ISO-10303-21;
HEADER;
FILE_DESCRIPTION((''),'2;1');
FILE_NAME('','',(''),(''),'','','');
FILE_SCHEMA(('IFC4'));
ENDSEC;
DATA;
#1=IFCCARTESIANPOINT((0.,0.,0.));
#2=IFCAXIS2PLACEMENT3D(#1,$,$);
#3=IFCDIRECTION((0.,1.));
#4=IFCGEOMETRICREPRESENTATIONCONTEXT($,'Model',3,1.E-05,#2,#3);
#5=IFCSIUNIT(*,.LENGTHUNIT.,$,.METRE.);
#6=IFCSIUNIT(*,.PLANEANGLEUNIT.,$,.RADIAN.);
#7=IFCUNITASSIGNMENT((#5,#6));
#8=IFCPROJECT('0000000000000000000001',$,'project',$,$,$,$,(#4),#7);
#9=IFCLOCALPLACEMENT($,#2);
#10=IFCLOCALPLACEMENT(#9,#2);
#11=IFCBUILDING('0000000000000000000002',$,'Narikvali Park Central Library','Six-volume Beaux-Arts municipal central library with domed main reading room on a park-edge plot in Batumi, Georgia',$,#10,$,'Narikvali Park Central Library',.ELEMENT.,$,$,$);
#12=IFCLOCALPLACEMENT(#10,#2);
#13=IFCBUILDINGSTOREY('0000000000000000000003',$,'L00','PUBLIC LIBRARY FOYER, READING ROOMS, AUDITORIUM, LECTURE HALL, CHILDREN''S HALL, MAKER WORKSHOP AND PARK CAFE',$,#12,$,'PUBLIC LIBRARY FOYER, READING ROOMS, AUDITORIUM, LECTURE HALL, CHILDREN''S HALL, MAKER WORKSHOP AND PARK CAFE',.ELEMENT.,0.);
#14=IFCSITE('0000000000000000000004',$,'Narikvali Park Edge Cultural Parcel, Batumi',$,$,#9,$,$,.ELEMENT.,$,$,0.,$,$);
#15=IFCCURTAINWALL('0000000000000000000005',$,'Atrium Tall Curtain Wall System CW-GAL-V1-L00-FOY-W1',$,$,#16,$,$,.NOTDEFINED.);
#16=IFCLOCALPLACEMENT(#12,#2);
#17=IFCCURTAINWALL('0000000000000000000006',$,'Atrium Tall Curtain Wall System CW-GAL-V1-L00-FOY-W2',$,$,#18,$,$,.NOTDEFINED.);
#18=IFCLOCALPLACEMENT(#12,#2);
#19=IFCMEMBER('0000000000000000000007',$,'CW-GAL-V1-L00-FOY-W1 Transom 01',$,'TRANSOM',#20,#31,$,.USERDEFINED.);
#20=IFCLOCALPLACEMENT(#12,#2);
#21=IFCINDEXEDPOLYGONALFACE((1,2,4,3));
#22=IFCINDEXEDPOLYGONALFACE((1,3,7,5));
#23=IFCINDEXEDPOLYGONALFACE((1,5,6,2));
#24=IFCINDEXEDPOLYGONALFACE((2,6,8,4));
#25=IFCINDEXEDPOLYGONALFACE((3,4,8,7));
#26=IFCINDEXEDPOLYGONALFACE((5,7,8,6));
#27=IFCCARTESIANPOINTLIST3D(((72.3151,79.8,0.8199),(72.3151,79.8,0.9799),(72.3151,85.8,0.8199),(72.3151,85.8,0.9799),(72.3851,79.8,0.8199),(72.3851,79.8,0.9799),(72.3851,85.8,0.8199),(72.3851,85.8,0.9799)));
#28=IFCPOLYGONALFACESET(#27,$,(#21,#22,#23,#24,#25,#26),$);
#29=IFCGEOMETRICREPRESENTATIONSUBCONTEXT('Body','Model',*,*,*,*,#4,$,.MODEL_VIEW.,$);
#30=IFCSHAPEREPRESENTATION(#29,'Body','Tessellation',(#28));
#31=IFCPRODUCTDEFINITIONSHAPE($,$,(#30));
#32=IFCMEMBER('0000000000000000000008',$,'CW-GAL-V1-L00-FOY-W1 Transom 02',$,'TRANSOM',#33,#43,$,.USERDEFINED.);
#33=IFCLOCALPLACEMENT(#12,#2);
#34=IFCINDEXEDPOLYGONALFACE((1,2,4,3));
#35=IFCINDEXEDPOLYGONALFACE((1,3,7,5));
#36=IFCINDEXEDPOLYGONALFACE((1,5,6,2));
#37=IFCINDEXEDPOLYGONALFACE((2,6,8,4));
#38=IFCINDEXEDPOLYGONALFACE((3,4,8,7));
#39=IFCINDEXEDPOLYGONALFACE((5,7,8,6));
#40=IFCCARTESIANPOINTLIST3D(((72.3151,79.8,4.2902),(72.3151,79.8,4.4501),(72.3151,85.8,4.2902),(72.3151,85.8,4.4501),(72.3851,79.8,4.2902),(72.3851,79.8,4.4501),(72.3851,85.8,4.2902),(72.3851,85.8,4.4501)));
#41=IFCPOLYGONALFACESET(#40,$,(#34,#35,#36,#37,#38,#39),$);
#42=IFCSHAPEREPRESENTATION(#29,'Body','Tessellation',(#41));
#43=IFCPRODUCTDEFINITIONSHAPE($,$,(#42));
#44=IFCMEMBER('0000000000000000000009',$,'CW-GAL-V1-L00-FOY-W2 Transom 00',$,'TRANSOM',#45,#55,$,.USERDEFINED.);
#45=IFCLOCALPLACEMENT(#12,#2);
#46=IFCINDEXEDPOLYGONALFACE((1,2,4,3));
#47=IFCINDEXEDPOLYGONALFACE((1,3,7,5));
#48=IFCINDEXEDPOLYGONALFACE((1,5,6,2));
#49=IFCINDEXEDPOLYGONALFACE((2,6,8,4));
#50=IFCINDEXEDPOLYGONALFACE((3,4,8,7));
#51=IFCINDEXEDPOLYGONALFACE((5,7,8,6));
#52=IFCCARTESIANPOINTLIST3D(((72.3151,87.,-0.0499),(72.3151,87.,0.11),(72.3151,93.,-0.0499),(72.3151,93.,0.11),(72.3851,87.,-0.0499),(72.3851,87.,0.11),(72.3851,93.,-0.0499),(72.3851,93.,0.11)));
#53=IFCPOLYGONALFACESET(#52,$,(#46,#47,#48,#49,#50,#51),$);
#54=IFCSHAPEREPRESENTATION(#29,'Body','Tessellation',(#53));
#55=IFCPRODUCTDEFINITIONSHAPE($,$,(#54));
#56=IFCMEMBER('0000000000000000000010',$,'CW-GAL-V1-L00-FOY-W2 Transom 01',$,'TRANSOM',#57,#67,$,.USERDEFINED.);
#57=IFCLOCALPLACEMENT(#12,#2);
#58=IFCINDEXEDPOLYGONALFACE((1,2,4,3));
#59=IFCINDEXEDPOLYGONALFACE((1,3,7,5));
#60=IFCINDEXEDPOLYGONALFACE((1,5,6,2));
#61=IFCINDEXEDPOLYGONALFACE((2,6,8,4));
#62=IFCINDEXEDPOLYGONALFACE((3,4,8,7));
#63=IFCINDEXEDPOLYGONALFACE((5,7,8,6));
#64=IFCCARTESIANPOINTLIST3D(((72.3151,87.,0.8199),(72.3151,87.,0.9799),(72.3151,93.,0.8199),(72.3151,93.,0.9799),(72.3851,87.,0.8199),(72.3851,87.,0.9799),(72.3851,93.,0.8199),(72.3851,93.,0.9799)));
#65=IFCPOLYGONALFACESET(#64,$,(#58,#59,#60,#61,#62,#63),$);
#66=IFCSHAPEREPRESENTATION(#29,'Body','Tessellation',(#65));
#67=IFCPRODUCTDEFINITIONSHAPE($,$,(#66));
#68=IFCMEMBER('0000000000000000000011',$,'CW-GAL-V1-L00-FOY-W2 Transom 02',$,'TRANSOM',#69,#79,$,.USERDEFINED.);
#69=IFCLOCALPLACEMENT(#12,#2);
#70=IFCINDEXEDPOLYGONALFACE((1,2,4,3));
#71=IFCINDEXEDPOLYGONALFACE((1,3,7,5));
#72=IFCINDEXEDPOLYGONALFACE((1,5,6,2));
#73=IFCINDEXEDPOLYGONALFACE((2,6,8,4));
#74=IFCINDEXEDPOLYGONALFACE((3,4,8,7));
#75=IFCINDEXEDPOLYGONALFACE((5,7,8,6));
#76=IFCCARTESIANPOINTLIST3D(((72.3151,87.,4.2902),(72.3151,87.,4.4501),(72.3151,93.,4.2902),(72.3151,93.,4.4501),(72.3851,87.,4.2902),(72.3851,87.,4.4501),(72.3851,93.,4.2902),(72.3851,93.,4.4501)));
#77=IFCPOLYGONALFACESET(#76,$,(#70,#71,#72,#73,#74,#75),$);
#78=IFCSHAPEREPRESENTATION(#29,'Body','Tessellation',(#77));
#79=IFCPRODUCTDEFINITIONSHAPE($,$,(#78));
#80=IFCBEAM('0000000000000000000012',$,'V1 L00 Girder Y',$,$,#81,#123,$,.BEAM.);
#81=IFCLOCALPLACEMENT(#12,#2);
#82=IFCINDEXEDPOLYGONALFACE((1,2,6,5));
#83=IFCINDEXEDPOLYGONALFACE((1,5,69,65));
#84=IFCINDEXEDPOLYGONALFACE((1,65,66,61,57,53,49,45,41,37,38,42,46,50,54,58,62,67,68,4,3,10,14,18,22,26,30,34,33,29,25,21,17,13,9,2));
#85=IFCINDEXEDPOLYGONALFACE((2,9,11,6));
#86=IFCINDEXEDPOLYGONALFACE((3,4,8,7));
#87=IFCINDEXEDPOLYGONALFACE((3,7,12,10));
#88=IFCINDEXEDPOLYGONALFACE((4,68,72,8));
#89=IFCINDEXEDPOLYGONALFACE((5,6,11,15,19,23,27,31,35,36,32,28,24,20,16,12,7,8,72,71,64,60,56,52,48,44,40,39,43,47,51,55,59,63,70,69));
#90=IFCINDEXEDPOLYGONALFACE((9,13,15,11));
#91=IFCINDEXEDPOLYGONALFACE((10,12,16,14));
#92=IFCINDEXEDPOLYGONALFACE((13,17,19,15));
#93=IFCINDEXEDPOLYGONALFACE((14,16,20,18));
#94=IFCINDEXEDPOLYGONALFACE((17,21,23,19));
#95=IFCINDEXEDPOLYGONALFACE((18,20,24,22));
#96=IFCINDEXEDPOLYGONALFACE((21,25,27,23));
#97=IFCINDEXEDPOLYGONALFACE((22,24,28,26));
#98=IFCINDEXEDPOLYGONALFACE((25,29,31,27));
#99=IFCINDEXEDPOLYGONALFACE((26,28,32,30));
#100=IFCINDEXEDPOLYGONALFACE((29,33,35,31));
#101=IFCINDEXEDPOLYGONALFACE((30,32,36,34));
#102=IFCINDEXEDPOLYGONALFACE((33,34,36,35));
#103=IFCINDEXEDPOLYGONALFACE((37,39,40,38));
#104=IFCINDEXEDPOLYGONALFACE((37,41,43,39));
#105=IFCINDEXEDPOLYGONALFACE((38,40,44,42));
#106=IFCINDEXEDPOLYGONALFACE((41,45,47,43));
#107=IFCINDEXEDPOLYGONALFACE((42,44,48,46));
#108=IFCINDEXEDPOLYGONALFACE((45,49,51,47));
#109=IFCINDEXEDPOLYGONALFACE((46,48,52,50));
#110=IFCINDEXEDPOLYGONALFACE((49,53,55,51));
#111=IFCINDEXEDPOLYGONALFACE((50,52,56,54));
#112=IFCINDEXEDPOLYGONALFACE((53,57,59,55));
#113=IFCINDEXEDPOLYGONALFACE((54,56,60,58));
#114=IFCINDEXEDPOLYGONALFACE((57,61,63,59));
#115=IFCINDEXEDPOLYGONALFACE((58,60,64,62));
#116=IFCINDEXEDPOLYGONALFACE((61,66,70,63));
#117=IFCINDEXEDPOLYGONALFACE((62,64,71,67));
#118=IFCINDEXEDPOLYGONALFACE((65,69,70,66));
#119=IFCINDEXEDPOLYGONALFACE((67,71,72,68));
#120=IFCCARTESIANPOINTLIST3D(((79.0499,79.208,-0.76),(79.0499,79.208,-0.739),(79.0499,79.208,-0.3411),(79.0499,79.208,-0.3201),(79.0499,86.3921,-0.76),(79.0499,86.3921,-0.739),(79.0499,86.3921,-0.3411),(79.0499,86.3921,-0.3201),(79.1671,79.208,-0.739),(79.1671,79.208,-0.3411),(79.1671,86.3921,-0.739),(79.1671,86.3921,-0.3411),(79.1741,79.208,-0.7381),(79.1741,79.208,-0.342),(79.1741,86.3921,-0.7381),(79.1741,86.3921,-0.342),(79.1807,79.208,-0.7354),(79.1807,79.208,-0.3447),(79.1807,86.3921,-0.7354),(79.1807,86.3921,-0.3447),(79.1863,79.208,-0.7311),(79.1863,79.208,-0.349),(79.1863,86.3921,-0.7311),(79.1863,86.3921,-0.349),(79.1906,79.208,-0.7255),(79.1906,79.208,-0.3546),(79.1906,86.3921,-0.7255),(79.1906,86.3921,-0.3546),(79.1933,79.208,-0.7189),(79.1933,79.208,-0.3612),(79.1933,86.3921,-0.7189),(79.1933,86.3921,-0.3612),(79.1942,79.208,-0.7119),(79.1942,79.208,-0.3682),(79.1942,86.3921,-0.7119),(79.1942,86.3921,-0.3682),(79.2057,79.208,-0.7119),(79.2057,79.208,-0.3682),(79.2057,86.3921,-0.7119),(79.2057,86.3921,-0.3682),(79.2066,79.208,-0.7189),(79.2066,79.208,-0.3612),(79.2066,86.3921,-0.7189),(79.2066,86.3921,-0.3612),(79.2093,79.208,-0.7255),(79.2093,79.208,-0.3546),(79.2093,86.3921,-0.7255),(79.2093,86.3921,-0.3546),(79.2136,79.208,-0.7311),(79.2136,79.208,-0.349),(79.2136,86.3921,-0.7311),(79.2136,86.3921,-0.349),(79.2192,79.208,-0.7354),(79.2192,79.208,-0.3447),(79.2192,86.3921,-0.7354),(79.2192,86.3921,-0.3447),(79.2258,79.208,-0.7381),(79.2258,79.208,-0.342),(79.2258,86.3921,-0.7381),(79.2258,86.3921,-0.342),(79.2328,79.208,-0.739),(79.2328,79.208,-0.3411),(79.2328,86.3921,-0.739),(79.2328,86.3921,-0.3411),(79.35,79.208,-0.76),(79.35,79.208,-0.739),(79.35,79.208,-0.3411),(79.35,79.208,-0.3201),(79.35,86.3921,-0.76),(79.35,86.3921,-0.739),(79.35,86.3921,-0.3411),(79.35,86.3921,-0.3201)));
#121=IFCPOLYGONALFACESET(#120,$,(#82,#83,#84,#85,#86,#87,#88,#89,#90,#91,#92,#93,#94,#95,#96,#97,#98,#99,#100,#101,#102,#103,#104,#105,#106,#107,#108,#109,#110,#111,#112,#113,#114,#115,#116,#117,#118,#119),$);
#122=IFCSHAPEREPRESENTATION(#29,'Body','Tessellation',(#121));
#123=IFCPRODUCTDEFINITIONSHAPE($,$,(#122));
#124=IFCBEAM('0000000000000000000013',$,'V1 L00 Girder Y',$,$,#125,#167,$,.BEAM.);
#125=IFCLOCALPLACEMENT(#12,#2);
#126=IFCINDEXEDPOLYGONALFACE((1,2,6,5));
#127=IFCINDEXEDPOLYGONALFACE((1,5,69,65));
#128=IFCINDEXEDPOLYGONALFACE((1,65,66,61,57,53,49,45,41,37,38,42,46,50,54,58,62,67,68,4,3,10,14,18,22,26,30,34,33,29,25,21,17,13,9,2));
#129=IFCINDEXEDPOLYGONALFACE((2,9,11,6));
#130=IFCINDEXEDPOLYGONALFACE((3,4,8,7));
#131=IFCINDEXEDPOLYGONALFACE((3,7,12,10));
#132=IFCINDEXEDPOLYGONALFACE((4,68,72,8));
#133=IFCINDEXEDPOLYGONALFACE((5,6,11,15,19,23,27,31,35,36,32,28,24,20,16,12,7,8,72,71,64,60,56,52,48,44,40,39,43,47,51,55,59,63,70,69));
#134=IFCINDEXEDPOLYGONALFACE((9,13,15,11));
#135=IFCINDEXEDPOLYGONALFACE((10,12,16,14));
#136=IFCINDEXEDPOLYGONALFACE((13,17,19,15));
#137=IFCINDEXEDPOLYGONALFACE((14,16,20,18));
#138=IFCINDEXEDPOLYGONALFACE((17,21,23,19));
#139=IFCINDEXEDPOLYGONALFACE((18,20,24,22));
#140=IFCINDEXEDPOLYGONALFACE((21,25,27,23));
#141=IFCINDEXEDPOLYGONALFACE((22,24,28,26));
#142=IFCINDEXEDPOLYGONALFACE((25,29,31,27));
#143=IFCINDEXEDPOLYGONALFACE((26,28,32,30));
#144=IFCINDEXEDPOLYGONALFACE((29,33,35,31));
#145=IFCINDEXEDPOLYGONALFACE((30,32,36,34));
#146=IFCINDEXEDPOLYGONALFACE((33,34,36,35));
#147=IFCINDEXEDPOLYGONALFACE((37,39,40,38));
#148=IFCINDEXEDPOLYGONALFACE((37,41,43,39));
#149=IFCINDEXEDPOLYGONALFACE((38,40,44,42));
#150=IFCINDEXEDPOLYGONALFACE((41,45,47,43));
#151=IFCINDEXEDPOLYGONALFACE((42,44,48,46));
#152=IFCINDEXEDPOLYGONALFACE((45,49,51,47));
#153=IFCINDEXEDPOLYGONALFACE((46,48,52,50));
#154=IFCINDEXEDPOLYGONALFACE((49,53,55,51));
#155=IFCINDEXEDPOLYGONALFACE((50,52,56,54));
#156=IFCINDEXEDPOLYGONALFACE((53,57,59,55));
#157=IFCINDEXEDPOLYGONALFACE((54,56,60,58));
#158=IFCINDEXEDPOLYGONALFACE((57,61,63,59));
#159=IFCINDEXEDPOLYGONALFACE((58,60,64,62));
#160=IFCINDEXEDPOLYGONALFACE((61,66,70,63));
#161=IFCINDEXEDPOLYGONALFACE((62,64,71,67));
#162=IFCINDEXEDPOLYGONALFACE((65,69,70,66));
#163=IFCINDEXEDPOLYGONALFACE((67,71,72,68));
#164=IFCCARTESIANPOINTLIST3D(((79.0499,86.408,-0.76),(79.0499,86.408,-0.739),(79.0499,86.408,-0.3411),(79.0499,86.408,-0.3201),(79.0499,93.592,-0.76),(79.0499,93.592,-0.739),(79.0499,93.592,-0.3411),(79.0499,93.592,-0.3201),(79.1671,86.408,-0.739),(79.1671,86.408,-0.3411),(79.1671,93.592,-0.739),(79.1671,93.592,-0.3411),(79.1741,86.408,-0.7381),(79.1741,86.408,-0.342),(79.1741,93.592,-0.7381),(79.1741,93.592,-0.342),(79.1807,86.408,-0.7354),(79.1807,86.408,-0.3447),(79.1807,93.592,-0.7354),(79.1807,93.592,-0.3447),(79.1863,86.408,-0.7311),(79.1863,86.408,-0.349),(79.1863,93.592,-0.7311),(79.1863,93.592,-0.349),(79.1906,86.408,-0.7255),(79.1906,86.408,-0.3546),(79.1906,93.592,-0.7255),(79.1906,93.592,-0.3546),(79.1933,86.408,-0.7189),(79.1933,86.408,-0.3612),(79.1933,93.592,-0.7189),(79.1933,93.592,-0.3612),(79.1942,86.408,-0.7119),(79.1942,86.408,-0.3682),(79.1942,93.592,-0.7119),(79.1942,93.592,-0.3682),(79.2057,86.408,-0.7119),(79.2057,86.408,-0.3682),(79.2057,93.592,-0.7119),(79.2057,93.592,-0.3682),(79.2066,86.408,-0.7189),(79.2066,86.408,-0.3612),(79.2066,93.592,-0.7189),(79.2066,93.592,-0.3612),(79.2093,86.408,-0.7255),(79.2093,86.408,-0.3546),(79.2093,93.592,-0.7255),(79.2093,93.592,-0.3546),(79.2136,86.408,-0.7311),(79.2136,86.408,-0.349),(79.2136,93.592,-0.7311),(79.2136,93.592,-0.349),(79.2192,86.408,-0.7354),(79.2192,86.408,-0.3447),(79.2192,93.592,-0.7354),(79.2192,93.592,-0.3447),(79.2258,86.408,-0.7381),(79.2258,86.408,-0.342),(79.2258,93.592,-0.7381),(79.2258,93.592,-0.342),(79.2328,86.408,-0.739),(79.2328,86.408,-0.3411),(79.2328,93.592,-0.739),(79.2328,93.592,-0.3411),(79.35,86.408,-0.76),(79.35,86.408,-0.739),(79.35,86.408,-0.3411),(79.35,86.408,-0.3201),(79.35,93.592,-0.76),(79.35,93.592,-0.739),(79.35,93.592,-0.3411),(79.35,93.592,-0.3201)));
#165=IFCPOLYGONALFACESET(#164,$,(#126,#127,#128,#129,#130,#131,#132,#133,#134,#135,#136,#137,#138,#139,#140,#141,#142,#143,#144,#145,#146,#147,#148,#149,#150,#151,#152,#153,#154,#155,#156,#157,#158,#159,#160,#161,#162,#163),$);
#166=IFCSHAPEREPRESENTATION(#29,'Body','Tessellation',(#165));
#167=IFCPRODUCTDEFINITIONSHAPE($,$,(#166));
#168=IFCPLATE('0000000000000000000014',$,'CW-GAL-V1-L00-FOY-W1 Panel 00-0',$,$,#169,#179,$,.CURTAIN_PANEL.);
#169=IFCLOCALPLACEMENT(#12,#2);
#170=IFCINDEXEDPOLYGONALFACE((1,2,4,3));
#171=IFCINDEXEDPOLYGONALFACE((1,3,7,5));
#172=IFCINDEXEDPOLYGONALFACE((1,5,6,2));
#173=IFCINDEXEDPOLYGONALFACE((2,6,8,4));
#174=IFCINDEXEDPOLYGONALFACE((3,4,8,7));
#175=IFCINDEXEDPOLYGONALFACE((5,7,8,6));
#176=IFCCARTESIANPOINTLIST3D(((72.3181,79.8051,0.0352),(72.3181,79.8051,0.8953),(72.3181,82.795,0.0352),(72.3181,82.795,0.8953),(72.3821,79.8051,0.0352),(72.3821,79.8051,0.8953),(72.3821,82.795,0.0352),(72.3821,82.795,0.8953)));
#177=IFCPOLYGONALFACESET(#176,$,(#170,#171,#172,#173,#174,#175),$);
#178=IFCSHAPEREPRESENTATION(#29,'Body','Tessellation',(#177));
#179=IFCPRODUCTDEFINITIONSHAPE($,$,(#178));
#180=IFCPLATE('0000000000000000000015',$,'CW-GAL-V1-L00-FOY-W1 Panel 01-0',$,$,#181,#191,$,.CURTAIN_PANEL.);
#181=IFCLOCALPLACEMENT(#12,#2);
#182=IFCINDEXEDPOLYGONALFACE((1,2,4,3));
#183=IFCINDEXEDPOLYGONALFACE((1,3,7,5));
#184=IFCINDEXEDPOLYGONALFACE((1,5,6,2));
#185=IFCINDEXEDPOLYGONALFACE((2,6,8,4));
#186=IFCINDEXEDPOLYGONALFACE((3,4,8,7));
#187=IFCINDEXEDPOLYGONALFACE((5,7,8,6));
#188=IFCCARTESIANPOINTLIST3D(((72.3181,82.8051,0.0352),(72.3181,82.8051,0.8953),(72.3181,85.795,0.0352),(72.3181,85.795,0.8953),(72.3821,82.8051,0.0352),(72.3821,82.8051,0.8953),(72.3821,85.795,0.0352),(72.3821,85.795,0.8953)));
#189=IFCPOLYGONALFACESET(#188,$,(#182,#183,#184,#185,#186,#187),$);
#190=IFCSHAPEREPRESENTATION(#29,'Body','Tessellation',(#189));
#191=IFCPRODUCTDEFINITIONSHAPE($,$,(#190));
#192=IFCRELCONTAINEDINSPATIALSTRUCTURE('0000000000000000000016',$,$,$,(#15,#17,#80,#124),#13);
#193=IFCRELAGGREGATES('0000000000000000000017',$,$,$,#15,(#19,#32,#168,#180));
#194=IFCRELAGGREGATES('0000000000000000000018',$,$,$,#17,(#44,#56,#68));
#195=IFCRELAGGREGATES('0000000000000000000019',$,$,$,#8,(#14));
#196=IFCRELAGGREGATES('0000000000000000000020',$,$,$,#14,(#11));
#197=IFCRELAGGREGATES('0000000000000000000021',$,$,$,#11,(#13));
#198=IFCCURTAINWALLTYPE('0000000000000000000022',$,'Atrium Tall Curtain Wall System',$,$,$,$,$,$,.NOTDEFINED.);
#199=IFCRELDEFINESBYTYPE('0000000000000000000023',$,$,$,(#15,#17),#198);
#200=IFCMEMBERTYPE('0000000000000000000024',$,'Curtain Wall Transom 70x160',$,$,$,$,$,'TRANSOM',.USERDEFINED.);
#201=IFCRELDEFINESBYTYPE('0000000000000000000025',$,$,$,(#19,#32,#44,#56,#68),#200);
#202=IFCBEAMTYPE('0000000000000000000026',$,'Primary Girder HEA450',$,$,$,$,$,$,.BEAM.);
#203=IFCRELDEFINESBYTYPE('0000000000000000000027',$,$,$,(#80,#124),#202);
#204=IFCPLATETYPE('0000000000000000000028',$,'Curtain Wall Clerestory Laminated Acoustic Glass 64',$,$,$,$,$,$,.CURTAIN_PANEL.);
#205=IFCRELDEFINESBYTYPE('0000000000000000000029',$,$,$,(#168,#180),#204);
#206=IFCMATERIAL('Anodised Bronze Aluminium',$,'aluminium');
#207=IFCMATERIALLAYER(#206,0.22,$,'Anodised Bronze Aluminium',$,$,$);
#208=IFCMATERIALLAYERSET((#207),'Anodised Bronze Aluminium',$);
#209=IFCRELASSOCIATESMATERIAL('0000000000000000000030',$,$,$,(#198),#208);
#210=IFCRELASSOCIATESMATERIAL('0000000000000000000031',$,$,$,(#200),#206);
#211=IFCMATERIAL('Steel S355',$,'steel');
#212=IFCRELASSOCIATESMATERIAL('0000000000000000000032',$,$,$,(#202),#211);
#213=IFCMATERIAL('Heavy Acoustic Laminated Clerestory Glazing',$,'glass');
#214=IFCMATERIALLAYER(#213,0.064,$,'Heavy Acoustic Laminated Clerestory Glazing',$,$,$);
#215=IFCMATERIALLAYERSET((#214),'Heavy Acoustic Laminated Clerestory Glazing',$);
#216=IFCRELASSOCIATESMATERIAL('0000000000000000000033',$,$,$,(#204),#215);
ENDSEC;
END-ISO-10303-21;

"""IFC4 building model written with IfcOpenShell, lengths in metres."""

from ifc_helpers import new_model, si_unit, direction, frame, origin, origin_2d, place, context, subcontext, project, spatial, rectangle, i_section, extrude, material, layer, layer_set, material_profile, profile_set, type_object, element, aggregate, save


model = new_model("IFC4")

# Units and contexts
model_context = context("Model", 3, precision=1e-05, world=origin(), true_north=direction((0.0, 1.0)))
body_context = subcontext(model_context, "Body", "Model", "MODEL_VIEW")
ifc_project = project(units=[si_unit("LENGTHUNIT", "METRE"), si_unit("PLANEANGLEUNIT", "RADIAN")], contexts=[model_context])

# Site, building, storey
site_placement = place(None, origin())
site = spatial("IfcSite", under=ifc_project, at=site_placement, Name="Narikvali Park Edge Cultural Parcel, Batumi", CompositionType="ELEMENT", RefElevation=0.0)
building_placement = place(site_placement, origin())
building = spatial("IfcBuilding", under=site, at=building_placement, Name="Narikvali Park Central Library", Description="Six-volume Beaux-Arts municipal central library with domed main reading room on a park-edge plot in Batumi, Georgia", LongName="Narikvali Park Central Library", CompositionType="ELEMENT")
storey_placement = place(building_placement, origin())
storey = spatial("IfcBuildingStorey", under=building, at=storey_placement, Name="L00", Description="PUBLIC LIBRARY FOYER, READING ROOMS, AUDITORIUM, LECTURE HALL, CHILDREN'S HALL, MAKER WORKSHOP AND PARK CAFE", LongName="PUBLIC LIBRARY FOYER, READING ROOMS, AUDITORIUM, LECTURE HALL, CHILDREN'S HALL, MAKER WORKSHOP AND PARK CAFE", CompositionType="ELEMENT", Elevation=0.0)

# Shared definitions
ifc_material_1 = material(Name="Steel S355", Category="steel")

# Curtain walls
ifc_material_2 = material(Name="Anodised Bronze Aluminium", Category="aluminium")
ifc_layer_1 = layer(ifc_material_2, 0.22, Name="Anodised Bronze Aluminium")
ifc_layer_set_1 = layer_set([ifc_layer_1], Name="Anodised Bronze Aluminium")
curtain_wall_type = type_object("IfcCurtainWallType", Name="Atrium Tall Curtain Wall System", PredefinedType="NOTDEFINED", material=ifc_layer_set_1)
curtain_wall_1_placement = place(storey_placement, origin())
curtain_wall_1 = element("IfcCurtainWall", 1, at=curtain_wall_1_placement, inside=storey, type_object=curtain_wall_type, Name="Atrium Tall Curtain Wall System CW-GAL-V1-L00-FOY-W1", PredefinedType="NOTDEFINED")
curtain_wall_2_placement = place(storey_placement, origin())
curtain_wall_2 = element("IfcCurtainWall", 2, at=curtain_wall_2_placement, inside=storey, type_object=curtain_wall_type, Name="Atrium Tall Curtain Wall System CW-GAL-V1-L00-FOY-W2", PredefinedType="NOTDEFINED")

# Members
ifc_material_profile_1 = material_profile(ifc_material_2, rectangle(XDim=0.0701, YDim=0.1599, at=origin_2d()), Name="CW TRANSOM 70x160")
ifc_profile_set_1 = profile_set([ifc_material_profile_1], Name="Anodised Bronze Aluminium")
member_type_1 = type_object("IfcMemberType", Name="Curtain Wall Transom 70x160", ElementType="TRANSOM", PredefinedType="USERDEFINED", material=ifc_profile_set_1)
member_1_placement = place(storey_placement, frame((72.3501, 79.8, 0.8999), z_axis=(0.0, 1.0, 0.0), x_axis=(-1.0, 0.0, 0.0)))
member_1 = element("IfcMember", 3, at=member_1_placement, type_object=member_type_1, Name="CW-GAL-V1-L00-FOY-W1 Transom 01", ObjectType="TRANSOM", PredefinedType="USERDEFINED", context=body_context, shape_type="SweptSolid", body=[
    extrude(rectangle(XDim=0.0701, YDim=0.1599, at=origin_2d()), origin(), (0.0, 0.0, 1.0), 6.0),
])
member_2_placement = place(storey_placement, frame((72.3501, 79.8, 4.3701), z_axis=(0.0, 1.0, 0.0), x_axis=(-1.0, 0.0, 0.0)))
member_2 = element("IfcMember", 4, at=member_2_placement, type_object=member_type_1, Name="CW-GAL-V1-L00-FOY-W1 Transom 02", ObjectType="TRANSOM", PredefinedType="USERDEFINED", context=body_context, shape_type="SweptSolid", body=[
    extrude(rectangle(XDim=0.0701, YDim=0.1599, at=origin_2d()), origin(), (0.0, 0.0, 1.0), 6.0),
])
member_3_placement = place(storey_placement, frame((72.3501, 87.0, 0.03), z_axis=(0.0, 1.0, 0.0), x_axis=(-1.0, 0.0, 0.0)))
member_3 = element("IfcMember", 5, at=member_3_placement, type_object=member_type_1, Name="CW-GAL-V1-L00-FOY-W2 Transom 00", ObjectType="TRANSOM", PredefinedType="USERDEFINED", context=body_context, shape_type="SweptSolid", body=[
    extrude(rectangle(XDim=0.0701, YDim=0.1599, at=origin_2d()), origin(), (0.0, 0.0, 1.0), 6.0),
])
member_4_placement = place(storey_placement, frame((72.3501, 87.0, 0.8999), z_axis=(0.0, 1.0, 0.0), x_axis=(-1.0, 0.0, 0.0)))
member_4 = element("IfcMember", 6, at=member_4_placement, type_object=member_type_1, Name="CW-GAL-V1-L00-FOY-W2 Transom 01", ObjectType="TRANSOM", PredefinedType="USERDEFINED", context=body_context, shape_type="SweptSolid", body=[
    extrude(rectangle(XDim=0.0701, YDim=0.1599, at=origin_2d()), origin(), (0.0, 0.0, 1.0), 6.0),
])
member_5_placement = place(storey_placement, frame((72.3501, 87.0, 4.3701), z_axis=(0.0, 1.0, 0.0), x_axis=(-1.0, 0.0, 0.0)))
member_5 = element("IfcMember", 7, at=member_5_placement, type_object=member_type_1, Name="CW-GAL-V1-L00-FOY-W2 Transom 02", ObjectType="TRANSOM", PredefinedType="USERDEFINED", context=body_context, shape_type="SweptSolid", body=[
    extrude(rectangle(XDim=0.0701, YDim=0.1599, at=origin_2d()), origin(), (0.0, 0.0, 1.0), 6.0),
])

# Beams
ifc_material_profile_2 = material_profile(ifc_material_1, i_section(OverallWidth=0.3, OverallDepth=0.4399, WebThickness=0.0115, FlangeThickness=0.021, FilletRadius=0.0271, at=origin_2d()), Name="HEA 450")
ifc_profile_set_2 = profile_set([ifc_material_profile_2], Name="Steel S355")
beam_type_1 = type_object("IfcBeamType", Name="Primary Girder HEA450", PredefinedType="BEAM", material=ifc_profile_set_2)
for number, where, z_axis, x_axis, name in (
    (8, (79.2, 79.208, -0.54), (0.0, 1.0, 0.0), (-1.0, 0.0, 0.0), "V1 L00 Girder Y"),
    (9, (79.2, 86.408, -0.54), (0.0, 1.0, 0.0), (-1.0, 0.0, 0.0), "V1 L00 Girder Y"),
):
    element("IfcBeam", number, at=place(storey_placement, frame(where, z_axis=z_axis, x_axis=x_axis)), inside=storey, type_object=beam_type_1, Name=name, PredefinedType="BEAM", context=body_context, shape_type="SweptSolid", body=[
        extrude(i_section(OverallWidth=0.3, OverallDepth=0.4399, WebThickness=0.0115, FlangeThickness=0.021, FilletRadius=0.0271, at=origin_2d()), origin(), (0.0, 0.0, 1.0), 7.1841),
    ])

# Plates
ifc_material_3 = material(Name="Heavy Acoustic Laminated Clerestory Glazing", Category="glass")
ifc_layer_2 = layer(ifc_material_3, 0.064, Name="Heavy Acoustic Laminated Clerestory Glazing")
ifc_layer_set_2 = layer_set([ifc_layer_2], Name="Heavy Acoustic Laminated Clerestory Glazing")
plate_type_1 = type_object("IfcPlateType", Name="Curtain Wall Clerestory Laminated Acoustic Glass 64", PredefinedType="CURTAIN_PANEL", material=ifc_layer_set_2)
plate_1_placement = place(storey_placement, frame((72.3501, 81.3, 0.0352), z_axis=(0.0, 0.0, 1.0), x_axis=(0.0, 1.0, 0.0)))
plate_1 = element("IfcPlate", 10, at=plate_1_placement, type_object=plate_type_1, Name="CW-GAL-V1-L00-FOY-W1 Panel 00-0", PredefinedType="CURTAIN_PANEL", context=body_context, shape_type="SweptSolid", body=[
    extrude(rectangle(XDim=2.99, YDim=0.064, at=origin_2d()), origin(), (0.0, 0.0, 1.0), 0.8601),
])
plate_2_placement = place(storey_placement, frame((72.3501, 84.3, 0.0352), z_axis=(0.0, 0.0, 1.0), x_axis=(0.0, 1.0, 0.0)))
plate_2 = element("IfcPlate", 11, at=plate_2_placement, type_object=plate_type_1, Name="CW-GAL-V1-L00-FOY-W1 Panel 01-0", PredefinedType="CURTAIN_PANEL", context=body_context, shape_type="SweptSolid", body=[
    extrude(rectangle(XDim=2.99, YDim=0.064, at=origin_2d()), origin(), (0.0, 0.0, 1.0), 0.8601),
])
aggregate(curtain_wall_1, [member_1, member_2, plate_1, plate_2])
aggregate(curtain_wall_2, [member_3, member_4, member_5])

save(model, "model.ifc")
